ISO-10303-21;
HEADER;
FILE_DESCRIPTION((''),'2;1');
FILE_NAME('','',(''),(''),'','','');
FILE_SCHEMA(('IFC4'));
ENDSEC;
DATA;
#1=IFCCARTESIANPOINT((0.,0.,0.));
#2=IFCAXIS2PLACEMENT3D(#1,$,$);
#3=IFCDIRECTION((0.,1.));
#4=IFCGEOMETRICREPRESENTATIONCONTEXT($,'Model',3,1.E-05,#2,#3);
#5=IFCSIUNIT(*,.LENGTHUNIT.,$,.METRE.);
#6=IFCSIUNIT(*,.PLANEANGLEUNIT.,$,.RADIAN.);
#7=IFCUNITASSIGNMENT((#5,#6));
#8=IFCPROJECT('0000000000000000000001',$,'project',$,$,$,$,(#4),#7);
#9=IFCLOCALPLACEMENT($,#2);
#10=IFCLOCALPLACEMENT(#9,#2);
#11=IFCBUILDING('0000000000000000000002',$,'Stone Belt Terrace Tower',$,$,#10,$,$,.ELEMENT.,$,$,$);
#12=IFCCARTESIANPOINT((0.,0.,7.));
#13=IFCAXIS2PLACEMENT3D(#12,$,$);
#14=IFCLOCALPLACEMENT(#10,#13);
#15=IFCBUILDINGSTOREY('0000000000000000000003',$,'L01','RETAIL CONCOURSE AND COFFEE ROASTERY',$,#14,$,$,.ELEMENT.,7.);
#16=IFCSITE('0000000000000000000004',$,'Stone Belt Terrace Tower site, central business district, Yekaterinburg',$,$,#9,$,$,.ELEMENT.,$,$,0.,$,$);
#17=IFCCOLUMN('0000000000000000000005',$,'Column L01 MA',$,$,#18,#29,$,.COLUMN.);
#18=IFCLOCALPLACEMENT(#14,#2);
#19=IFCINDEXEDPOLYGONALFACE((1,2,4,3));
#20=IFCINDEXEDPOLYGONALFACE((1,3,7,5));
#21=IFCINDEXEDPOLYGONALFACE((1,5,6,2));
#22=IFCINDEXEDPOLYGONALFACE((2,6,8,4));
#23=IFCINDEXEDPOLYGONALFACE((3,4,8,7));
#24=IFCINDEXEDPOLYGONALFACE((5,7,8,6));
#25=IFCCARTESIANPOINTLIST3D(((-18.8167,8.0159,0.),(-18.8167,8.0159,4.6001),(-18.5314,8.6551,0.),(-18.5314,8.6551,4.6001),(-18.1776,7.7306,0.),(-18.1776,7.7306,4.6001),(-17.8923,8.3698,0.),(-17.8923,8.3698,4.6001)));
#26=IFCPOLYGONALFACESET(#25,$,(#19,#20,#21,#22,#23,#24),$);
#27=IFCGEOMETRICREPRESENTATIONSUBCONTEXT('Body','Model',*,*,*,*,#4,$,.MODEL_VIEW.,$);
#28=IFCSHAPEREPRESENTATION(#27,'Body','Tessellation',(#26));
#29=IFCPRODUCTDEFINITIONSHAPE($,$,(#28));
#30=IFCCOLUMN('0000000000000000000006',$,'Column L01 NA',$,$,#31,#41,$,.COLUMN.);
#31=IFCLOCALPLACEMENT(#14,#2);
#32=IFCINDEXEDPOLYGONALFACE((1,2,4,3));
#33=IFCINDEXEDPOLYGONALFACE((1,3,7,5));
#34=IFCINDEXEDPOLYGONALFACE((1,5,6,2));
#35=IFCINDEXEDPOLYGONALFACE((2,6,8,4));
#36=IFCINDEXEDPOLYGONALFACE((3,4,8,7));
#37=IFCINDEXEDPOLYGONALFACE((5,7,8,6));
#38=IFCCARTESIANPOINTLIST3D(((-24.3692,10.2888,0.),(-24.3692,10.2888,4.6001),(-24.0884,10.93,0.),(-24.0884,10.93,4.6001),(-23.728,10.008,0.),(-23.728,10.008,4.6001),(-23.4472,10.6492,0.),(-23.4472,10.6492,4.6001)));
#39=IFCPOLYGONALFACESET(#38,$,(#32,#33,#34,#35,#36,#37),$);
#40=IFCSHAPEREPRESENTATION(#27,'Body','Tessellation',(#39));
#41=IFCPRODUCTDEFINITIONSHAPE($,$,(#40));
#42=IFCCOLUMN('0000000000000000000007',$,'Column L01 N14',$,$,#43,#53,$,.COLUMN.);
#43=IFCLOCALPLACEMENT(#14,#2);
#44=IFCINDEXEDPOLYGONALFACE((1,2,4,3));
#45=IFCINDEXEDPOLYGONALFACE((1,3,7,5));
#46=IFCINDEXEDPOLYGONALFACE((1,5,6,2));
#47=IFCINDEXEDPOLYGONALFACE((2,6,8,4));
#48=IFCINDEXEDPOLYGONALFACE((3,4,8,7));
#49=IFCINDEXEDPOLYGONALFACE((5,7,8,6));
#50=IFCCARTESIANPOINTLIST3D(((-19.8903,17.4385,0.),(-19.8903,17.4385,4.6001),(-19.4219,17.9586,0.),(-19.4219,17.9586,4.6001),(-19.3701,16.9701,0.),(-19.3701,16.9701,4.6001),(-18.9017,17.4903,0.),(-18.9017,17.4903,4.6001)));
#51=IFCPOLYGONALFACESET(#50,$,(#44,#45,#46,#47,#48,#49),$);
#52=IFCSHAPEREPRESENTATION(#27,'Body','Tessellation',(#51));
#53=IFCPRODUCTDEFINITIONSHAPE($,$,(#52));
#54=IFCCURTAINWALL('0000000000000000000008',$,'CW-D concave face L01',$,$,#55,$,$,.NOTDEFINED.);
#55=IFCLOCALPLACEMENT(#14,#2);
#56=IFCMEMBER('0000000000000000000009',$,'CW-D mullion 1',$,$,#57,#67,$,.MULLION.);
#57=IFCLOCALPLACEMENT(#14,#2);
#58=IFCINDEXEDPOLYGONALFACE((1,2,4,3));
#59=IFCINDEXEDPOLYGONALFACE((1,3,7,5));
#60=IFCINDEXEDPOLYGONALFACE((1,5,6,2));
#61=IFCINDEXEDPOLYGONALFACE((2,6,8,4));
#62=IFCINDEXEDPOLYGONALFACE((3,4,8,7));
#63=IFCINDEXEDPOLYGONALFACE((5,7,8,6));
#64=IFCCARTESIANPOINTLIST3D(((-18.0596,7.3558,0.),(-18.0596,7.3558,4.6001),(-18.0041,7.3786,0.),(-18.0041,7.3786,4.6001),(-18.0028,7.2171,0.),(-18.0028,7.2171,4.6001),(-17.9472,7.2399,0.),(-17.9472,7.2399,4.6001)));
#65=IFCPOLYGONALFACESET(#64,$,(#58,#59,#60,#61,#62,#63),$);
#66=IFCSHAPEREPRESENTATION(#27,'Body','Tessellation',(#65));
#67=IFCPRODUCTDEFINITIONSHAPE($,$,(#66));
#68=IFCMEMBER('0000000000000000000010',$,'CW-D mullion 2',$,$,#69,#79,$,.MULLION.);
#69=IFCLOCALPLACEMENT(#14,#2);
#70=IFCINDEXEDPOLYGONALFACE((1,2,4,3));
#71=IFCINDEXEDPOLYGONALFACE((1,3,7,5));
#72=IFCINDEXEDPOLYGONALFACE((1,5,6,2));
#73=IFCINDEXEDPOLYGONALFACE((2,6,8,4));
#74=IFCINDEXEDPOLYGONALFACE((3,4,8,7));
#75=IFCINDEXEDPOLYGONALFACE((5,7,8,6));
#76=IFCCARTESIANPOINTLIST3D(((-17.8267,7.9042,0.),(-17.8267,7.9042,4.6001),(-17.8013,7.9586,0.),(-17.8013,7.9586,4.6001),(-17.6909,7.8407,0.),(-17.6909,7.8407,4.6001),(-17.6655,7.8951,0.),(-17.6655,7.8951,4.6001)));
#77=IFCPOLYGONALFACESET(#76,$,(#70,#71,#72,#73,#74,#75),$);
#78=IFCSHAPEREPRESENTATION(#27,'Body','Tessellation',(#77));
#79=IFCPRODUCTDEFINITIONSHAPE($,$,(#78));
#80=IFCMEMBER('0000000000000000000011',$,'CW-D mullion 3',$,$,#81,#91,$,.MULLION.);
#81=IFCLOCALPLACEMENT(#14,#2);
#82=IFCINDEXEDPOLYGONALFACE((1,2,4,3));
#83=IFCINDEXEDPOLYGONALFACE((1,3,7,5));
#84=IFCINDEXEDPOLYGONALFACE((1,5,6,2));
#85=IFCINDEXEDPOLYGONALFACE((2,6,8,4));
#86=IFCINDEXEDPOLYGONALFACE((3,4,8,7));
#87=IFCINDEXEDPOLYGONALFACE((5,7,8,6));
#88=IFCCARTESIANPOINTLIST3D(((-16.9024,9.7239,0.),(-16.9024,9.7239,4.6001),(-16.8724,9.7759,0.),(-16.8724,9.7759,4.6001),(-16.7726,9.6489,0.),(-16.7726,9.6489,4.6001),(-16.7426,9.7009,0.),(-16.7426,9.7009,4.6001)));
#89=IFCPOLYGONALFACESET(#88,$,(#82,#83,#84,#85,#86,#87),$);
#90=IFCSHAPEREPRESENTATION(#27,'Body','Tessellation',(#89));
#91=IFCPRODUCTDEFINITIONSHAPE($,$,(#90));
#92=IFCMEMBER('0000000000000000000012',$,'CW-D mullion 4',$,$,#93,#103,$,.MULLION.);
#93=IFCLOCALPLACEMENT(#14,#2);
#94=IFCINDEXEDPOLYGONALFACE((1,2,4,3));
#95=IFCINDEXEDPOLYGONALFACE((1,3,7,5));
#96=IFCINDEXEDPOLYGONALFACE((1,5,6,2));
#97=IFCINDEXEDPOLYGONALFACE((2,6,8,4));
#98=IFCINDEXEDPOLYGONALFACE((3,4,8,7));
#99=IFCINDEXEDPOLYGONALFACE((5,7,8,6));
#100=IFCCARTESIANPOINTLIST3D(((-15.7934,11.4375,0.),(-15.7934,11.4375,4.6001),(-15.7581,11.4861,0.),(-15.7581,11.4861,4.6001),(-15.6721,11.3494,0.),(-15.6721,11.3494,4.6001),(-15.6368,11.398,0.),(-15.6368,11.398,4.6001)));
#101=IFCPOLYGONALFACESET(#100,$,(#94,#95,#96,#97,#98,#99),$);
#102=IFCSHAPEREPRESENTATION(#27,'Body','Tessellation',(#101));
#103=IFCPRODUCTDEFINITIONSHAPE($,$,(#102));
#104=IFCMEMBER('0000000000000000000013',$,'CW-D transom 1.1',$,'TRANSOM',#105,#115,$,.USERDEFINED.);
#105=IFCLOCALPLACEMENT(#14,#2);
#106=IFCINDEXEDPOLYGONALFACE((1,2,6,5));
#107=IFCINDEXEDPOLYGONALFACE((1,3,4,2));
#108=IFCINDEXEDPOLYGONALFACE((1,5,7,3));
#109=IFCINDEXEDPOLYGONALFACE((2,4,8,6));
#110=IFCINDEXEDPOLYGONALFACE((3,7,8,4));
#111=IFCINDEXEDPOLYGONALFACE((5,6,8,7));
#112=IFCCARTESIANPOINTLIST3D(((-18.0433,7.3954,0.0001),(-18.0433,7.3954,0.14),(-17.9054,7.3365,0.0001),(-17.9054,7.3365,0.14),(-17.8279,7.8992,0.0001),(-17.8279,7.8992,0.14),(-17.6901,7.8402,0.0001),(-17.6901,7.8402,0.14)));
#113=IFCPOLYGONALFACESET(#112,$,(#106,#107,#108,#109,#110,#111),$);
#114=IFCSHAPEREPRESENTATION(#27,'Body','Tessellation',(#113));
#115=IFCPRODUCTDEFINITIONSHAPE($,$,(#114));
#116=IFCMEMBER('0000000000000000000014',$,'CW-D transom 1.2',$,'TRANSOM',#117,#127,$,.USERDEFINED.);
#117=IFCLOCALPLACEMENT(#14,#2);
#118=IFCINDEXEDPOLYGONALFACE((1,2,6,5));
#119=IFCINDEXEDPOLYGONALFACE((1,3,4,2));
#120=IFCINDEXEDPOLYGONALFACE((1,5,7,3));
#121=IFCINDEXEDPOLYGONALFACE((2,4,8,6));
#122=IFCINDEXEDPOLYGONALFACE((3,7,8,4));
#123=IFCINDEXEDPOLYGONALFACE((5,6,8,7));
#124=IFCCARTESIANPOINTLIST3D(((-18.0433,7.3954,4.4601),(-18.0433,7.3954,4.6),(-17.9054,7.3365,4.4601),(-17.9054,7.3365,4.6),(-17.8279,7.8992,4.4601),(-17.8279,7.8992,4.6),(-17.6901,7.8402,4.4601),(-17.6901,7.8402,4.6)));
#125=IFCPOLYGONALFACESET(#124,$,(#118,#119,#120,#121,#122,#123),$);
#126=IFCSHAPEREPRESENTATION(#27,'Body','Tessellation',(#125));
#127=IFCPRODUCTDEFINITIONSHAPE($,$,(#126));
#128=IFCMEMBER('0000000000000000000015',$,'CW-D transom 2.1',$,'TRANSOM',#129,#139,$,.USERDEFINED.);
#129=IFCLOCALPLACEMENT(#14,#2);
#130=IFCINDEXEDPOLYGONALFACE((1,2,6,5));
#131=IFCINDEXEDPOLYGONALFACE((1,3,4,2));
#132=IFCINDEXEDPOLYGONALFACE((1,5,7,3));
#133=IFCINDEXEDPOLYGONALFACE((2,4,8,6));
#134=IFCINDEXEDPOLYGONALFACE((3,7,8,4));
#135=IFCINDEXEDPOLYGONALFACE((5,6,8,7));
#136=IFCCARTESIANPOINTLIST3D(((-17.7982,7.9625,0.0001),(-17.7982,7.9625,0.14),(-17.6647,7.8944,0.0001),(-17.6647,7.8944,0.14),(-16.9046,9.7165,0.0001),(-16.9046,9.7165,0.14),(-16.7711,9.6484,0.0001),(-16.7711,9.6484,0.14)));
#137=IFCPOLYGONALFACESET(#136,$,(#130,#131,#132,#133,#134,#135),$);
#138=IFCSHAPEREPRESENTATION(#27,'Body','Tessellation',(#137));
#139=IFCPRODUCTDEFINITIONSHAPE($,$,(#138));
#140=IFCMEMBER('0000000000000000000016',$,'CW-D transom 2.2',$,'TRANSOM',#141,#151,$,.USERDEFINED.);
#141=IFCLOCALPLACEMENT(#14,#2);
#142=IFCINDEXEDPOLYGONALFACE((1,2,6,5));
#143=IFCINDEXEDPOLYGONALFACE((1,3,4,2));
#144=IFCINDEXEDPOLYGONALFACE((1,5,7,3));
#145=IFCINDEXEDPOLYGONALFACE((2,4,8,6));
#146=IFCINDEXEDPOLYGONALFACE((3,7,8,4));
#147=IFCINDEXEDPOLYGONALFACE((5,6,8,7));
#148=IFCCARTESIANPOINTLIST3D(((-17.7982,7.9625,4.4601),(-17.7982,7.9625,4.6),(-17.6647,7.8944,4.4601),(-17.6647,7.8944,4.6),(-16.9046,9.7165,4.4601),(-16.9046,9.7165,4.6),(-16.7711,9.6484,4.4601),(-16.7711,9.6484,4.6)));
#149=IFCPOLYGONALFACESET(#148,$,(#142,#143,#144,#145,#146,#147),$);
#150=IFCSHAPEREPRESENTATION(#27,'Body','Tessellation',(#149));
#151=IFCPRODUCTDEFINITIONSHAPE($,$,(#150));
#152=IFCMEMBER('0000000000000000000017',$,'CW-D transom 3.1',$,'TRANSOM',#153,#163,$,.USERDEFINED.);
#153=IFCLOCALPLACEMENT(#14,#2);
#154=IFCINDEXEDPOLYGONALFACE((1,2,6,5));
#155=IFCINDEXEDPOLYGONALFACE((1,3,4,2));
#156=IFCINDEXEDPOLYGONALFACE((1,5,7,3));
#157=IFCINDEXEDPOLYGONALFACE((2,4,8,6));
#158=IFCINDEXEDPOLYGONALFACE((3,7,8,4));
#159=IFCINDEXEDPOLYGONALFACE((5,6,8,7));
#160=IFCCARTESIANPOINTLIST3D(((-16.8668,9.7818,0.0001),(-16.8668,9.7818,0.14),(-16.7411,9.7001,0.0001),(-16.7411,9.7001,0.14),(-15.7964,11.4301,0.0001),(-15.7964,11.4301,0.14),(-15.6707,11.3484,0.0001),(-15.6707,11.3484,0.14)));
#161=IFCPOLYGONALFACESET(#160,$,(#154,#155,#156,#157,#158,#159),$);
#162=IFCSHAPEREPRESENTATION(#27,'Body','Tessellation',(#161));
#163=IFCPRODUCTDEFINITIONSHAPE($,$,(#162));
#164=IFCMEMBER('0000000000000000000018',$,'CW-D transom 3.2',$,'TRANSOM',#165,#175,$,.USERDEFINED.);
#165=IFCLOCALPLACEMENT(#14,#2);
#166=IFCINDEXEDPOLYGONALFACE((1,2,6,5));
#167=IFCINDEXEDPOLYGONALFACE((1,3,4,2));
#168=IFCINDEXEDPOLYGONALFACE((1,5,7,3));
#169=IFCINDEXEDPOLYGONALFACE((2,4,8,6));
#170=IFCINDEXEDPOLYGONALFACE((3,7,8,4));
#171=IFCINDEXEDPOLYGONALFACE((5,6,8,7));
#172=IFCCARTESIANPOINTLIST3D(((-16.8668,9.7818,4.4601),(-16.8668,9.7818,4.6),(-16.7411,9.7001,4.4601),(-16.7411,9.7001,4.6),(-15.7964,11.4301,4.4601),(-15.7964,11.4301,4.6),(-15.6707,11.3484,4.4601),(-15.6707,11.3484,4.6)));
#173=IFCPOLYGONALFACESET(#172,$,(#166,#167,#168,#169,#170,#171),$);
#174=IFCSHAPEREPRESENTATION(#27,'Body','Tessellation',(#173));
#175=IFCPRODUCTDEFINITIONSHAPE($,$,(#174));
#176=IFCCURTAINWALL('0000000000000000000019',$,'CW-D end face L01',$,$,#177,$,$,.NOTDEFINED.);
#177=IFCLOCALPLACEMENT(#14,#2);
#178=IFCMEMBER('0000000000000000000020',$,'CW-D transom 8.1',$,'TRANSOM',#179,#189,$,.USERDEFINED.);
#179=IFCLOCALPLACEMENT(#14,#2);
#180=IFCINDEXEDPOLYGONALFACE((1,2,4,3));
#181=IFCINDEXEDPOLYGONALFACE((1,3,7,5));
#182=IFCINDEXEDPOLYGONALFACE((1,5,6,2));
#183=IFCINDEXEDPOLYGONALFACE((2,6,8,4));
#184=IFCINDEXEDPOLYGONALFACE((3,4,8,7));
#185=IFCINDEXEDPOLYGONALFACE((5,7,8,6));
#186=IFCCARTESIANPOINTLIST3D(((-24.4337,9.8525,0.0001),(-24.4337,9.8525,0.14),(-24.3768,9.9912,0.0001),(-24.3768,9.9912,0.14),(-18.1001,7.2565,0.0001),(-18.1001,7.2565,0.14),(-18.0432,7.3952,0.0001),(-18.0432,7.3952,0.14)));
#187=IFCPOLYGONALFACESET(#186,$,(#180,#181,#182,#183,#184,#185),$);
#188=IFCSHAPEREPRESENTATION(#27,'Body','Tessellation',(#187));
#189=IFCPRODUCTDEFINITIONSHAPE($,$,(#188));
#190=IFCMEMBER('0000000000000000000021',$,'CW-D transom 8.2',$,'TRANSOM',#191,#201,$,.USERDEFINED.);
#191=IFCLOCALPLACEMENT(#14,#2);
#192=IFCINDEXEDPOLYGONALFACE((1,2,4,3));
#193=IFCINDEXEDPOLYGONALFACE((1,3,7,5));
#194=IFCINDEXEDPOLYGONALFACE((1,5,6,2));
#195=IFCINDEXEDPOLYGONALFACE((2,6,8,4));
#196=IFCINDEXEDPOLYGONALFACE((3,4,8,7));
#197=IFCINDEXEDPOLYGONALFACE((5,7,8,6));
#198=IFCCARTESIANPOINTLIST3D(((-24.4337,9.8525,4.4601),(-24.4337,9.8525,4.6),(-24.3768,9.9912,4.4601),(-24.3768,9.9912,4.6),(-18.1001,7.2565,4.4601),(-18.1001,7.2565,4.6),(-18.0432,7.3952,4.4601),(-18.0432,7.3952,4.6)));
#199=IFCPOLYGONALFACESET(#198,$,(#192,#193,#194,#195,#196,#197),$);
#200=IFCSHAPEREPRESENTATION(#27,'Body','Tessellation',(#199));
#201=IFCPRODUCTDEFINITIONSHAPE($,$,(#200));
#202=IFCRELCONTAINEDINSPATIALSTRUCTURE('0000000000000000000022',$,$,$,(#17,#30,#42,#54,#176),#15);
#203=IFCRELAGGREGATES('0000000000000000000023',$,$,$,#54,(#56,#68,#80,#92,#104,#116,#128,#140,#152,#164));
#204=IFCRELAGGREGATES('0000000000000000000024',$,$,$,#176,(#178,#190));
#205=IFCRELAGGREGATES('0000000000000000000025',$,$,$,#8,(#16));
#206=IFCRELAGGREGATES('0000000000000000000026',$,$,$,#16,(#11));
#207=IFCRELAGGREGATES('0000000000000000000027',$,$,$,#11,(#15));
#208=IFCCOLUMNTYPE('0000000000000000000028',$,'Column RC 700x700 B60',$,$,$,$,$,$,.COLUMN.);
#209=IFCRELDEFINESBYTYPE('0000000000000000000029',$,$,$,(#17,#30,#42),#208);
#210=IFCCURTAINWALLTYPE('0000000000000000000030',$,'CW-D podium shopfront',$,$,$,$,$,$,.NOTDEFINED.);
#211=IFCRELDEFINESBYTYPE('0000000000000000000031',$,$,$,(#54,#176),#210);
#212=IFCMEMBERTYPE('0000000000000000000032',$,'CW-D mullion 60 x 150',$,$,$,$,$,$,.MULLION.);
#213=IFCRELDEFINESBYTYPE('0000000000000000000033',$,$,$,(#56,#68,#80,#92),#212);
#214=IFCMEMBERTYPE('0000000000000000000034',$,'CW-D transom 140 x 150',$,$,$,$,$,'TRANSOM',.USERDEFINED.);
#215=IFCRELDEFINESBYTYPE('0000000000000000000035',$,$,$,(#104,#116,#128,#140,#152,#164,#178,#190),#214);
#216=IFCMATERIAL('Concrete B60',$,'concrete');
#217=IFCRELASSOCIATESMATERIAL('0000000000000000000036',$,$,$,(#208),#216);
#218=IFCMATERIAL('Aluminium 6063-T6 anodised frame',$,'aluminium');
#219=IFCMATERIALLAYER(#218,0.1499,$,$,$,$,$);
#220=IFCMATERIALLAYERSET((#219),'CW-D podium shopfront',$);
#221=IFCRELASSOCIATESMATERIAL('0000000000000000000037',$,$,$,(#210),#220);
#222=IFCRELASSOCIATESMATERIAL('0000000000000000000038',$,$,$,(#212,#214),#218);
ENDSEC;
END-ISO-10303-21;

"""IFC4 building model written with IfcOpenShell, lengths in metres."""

from ifc_helpers import new_model, si_unit, direction, frame, origin, origin_2d, place, context, subcontext, project, spatial, rectangle, extrude, material, layer, layer_set, material_profile, profile_set, type_object, element, aggregate, save


model = new_model("IFC4")

# Units and contexts
model_context = context("Model", 3, precision=1e-05, world=origin(), true_north=direction((0.0, 1.0)))
body_context = subcontext(model_context, "Body", "Model", "MODEL_VIEW")
ifc_project = project(units=[si_unit("LENGTHUNIT", "METRE"), si_unit("PLANEANGLEUNIT", "RADIAN")], contexts=[model_context])

# Site, building, storey
site_placement = place(None, origin())
site = spatial("IfcSite", under=ifc_project, at=site_placement, Name="Stone Belt Terrace Tower site, central business district, Yekaterinburg", CompositionType="ELEMENT", RefElevation=0.0)
building_placement = place(site_placement, origin())
building = spatial("IfcBuilding", under=site, at=building_placement, Name="Stone Belt Terrace Tower", CompositionType="ELEMENT")
storey_placement = place(building_placement, frame((0.0, 0.0, 7.0)))
storey = spatial("IfcBuildingStorey", under=building, at=storey_placement, Name="L01", Description="RETAIL CONCOURSE AND COFFEE ROASTERY", CompositionType="ELEMENT", Elevation=7.0)

# Columns
ifc_material_1 = material(Name="Concrete B60", Category="concrete")
ifc_material_profile_1 = material_profile(ifc_material_1, rectangle(XDim=0.7, YDim=0.7, at=origin_2d()), Name="RC 700x700")
ifc_profile_set_1 = profile_set([ifc_material_profile_1], Name="Concrete B60")
column_type = type_object("IfcColumnType", Name="Column RC 700x700 B60", PredefinedType="COLUMN", material=ifc_profile_set_1)
for number, where, z_axis, x_axis, name in (
    (1, (-18.3545, 8.1929, 0.0), (0.0, 0.0, 1.0), (0.407599, 0.913161, 0.0), "Column L01 MA"),
    (2, (-23.9082, 10.469, 0.0), (0.0, 0.0, 1.0), (0.401115, 0.916028, 0.0), "Column L01 NA"),
    (3, (-19.396, 17.4644, 0.0), (0.0, 0.0, 1.0), (0.669131, 0.743145, 0.0), "Column L01 N14"),
):
    element("IfcColumn", number, at=place(storey_placement, frame(where, z_axis=z_axis, x_axis=x_axis)), inside=storey, type_object=column_type, Name=name, PredefinedType="COLUMN", context=body_context, shape_type="SweptSolid", body=[
        extrude(rectangle(XDim=0.7, YDim=0.7, at=origin_2d()), origin(), (0.0, 0.0, 1.0), 4.6001),
    ])

# Curtain walls, members
ifc_material_2 = material(Name="Aluminium 6063-T6 anodised frame", Category="aluminium")
ifc_layer_1 = layer(ifc_material_2, 0.1499)
ifc_layer_set_1 = layer_set([ifc_layer_1], Name="CW-D podium shopfront")
curtain_wall_type = type_object("IfcCurtainWallType", Name="CW-D podium shopfront", PredefinedType="NOTDEFINED", material=ifc_layer_set_1)
curtain_wall_1_placement = place(storey_placement, origin())
curtain_wall_1 = element("IfcCurtainWall", 4, at=curtain_wall_1_placement, inside=storey, type_object=curtain_wall_type, Name="CW-D concave face L01", PredefinedType="NOTDEFINED")
ifc_material_profile_2 = material_profile(ifc_material_2, rectangle(XDim=0.1499, YDim=0.0601, at=origin_2d()), Name="Aluminium 6063-T6 60x150")
ifc_profile_set_2 = profile_set([ifc_material_profile_2], Name="Aluminium 6063-T6 anodised frame")
member_type_1 = type_object("IfcMemberType", Name="CW-D mullion 60 x 150", PredefinedType="MULLION", material=ifc_profile_set_2)
member_1_placement = place(storey_placement, frame((-18.0034, 7.2979, 0.0), z_axis=(0.0, 0.0, 1.0), x_axis=(-0.379212, 0.92531, 0.0)))
member_1 = element("IfcMember", 5, at=member_1_placement, type_object=member_type_1, Name="CW-D mullion 1", PredefinedType="MULLION", context=body_context, shape_type="SweptSolid", body=[
    extrude(rectangle(XDim=0.1499, YDim=0.0601, at=origin_2d()), origin(), (0.0, 0.0, 1.0), 4.6001),
])
member_2_placement = place(storey_placement, frame((-17.7461, 7.8997, 0.0), z_axis=(0.0, 0.0, 1.0), x_axis=(-0.905778, 0.423752, 0.0)))
member_2 = element("IfcMember", 6, at=member_2_placement, type_object=member_type_1, Name="CW-D mullion 2", PredefinedType="MULLION", context=body_context, shape_type="SweptSolid", body=[
    extrude(rectangle(XDim=0.1499, YDim=0.0601, at=origin_2d()), origin(), (0.0, 0.0, 1.0), 4.6001),
])
member_3_placement = place(storey_placement, frame((-16.8225, 9.7124, 0.0), z_axis=(0.0, 0.0, 1.0), x_axis=(-0.866025, 0.5, 0.0)))
member_3 = element("IfcMember", 7, at=member_3_placement, type_object=member_type_1, Name="CW-D mullion 3", PredefinedType="MULLION", context=body_context, shape_type="SweptSolid", body=[
    extrude(rectangle(XDim=0.1499, YDim=0.0601, at=origin_2d()), origin(), (0.0, 0.0, 1.0), 4.6001),
])
member_4_placement = place(storey_placement, frame((-15.7151, 11.4177, 0.0), z_axis=(0.0, 0.0, 1.0), x_axis=(-0.809017, 0.587785, 0.0)))
member_4 = element("IfcMember", 8, at=member_4_placement, type_object=member_type_1, Name="CW-D mullion 4", PredefinedType="MULLION", context=body_context, shape_type="SweptSolid", body=[
    extrude(rectangle(XDim=0.1499, YDim=0.0601, at=origin_2d()), origin(), (0.0, 0.0, 1.0), 4.6001),
])
ifc_material_profile_3 = material_profile(ifc_material_2, rectangle(XDim=0.1499, YDim=0.1399, at=origin_2d()), Name="Aluminium 6063-T6 150x140")
ifc_profile_set_3 = profile_set([ifc_material_profile_3], Name="Aluminium 6063-T6 anodised frame")
member_type_2 = type_object("IfcMemberType", Name="CW-D transom 140 x 150", ElementType="TRANSOM", PredefinedType="USERDEFINED", material=ifc_profile_set_3)
member_5_placement = place(storey_placement, frame((-17.9744, 7.366, 0.0701), z_axis=(0.393112, 0.91949, 0.0), x_axis=(-0.91949, 0.393112, 0.0)))
member_5 = element("IfcMember", 9, at=member_5_placement, type_object=member_type_2, Name="CW-D transom 1.1", ObjectType="TRANSOM", PredefinedType="USERDEFINED", context=body_context, shape_type="SweptSolid", body=[
    extrude(rectangle(XDim=0.1499, YDim=0.1399, at=origin_2d()), origin(), (0.0, 0.0, 1.0), 0.5479),
])
member_6_placement = place(storey_placement, frame((-17.9744, 7.366, 4.53), z_axis=(0.393112, 0.91949, 0.0), x_axis=(-0.91949, 0.393112, 0.0)))
member_6 = element("IfcMember", 10, at=member_6_placement, type_object=member_type_2, Name="CW-D transom 1.2", ObjectType="TRANSOM", PredefinedType="USERDEFINED", context=body_context, shape_type="SweptSolid", body=[
    extrude(rectangle(XDim=0.1499, YDim=0.1399, at=origin_2d()), origin(), (0.0, 0.0, 1.0), 0.5479),
])
member_7_placement = place(storey_placement, frame((-17.7314, 7.9285, 0.0701), z_axis=(0.453948, 0.891028, 0.0), x_axis=(-0.891028, 0.453948, 0.0)))
member_7 = element("IfcMember", 11, at=member_7_placement, type_object=member_type_2, Name="CW-D transom 2.1", ObjectType="TRANSOM", PredefinedType="USERDEFINED", context=body_context, shape_type="SweptSolid", body=[
    extrude(rectangle(XDim=0.1499, YDim=0.1399, at=origin_2d()), origin(), (0.0, 0.0, 1.0), 1.9685),
])
member_8_placement = place(storey_placement, frame((-17.7314, 7.9285, 4.53), z_axis=(0.453948, 0.891028, 0.0), x_axis=(-0.891028, 0.453948, 0.0)))
member_8 = element("IfcMember", 12, at=member_8_placement, type_object=member_type_2, Name="CW-D transom 2.2", ObjectType="TRANSOM", PredefinedType="USERDEFINED", context=body_context, shape_type="SweptSolid", body=[
    extrude(rectangle(XDim=0.1499, YDim=0.1399, at=origin_2d()), origin(), (0.0, 0.0, 1.0), 1.9685),
])
member_9_placement = place(storey_placement, frame((-16.804, 9.741, 0.0701), z_axis=(0.544626, 0.838679, 0.0), x_axis=(-0.838679, 0.544626, 0.0)))
member_9 = element("IfcMember", 13, at=member_9_placement, type_object=member_type_2, Name="CW-D transom 3.1", ObjectType="TRANSOM", PredefinedType="USERDEFINED", context=body_context, shape_type="SweptSolid", body=[
    extrude(rectangle(XDim=0.1499, YDim=0.1399, at=origin_2d()), origin(), (0.0, 0.0, 1.0), 1.9653),
])
member_10_placement = place(storey_placement, frame((-16.804, 9.741, 4.53), z_axis=(0.544626, 0.838679, 0.0), x_axis=(-0.838679, 0.544626, 0.0)))
member_10 = element("IfcMember", 14, at=member_10_placement, type_object=member_type_2, Name="CW-D transom 3.2", ObjectType="TRANSOM", PredefinedType="USERDEFINED", context=body_context, shape_type="SweptSolid", body=[
    extrude(rectangle(XDim=0.1499, YDim=0.1399, at=origin_2d()), origin(), (0.0, 0.0, 1.0), 1.9653),
])
curtain_wall_2_placement = place(storey_placement, origin())
curtain_wall_2 = element("IfcCurtainWall", 15, at=curtain_wall_2_placement, inside=storey, type_object=curtain_wall_type, Name="CW-D end face L01", PredefinedType="NOTDEFINED")
member_11_placement = place(storey_placement, frame((-24.4053, 9.9219, 0.0701), z_axis=(0.925292, -0.379255, 0.0), x_axis=(0.379255, 0.925292, 0.0)))
member_11 = element("IfcMember", 16, at=member_11_placement, type_object=member_type_2, Name="CW-D transom 8.1", ObjectType="TRANSOM", PredefinedType="USERDEFINED", context=body_context, shape_type="SweptSolid", body=[
    extrude(rectangle(XDim=0.1499, YDim=0.1399, at=origin_2d()), origin(), (0.0, 0.0, 1.0), 6.845),
])
member_12_placement = place(storey_placement, frame((-24.4053, 9.9219, 4.53), z_axis=(0.925292, -0.379255, 0.0), x_axis=(0.379255, 0.925292, 0.0)))
member_12 = element("IfcMember", 17, at=member_12_placement, type_object=member_type_2, Name="CW-D transom 8.2", ObjectType="TRANSOM", PredefinedType="USERDEFINED", context=body_context, shape_type="SweptSolid", body=[
    extrude(rectangle(XDim=0.1499, YDim=0.1399, at=origin_2d()), origin(), (0.0, 0.0, 1.0), 6.845),
])

aggregate(curtain_wall_1, [member_1, member_2, member_3, member_4, member_5, member_6, member_7, member_8, member_9, member_10])
aggregate(curtain_wall_2, [member_11, member_12])

save(model, "model.ifc")
